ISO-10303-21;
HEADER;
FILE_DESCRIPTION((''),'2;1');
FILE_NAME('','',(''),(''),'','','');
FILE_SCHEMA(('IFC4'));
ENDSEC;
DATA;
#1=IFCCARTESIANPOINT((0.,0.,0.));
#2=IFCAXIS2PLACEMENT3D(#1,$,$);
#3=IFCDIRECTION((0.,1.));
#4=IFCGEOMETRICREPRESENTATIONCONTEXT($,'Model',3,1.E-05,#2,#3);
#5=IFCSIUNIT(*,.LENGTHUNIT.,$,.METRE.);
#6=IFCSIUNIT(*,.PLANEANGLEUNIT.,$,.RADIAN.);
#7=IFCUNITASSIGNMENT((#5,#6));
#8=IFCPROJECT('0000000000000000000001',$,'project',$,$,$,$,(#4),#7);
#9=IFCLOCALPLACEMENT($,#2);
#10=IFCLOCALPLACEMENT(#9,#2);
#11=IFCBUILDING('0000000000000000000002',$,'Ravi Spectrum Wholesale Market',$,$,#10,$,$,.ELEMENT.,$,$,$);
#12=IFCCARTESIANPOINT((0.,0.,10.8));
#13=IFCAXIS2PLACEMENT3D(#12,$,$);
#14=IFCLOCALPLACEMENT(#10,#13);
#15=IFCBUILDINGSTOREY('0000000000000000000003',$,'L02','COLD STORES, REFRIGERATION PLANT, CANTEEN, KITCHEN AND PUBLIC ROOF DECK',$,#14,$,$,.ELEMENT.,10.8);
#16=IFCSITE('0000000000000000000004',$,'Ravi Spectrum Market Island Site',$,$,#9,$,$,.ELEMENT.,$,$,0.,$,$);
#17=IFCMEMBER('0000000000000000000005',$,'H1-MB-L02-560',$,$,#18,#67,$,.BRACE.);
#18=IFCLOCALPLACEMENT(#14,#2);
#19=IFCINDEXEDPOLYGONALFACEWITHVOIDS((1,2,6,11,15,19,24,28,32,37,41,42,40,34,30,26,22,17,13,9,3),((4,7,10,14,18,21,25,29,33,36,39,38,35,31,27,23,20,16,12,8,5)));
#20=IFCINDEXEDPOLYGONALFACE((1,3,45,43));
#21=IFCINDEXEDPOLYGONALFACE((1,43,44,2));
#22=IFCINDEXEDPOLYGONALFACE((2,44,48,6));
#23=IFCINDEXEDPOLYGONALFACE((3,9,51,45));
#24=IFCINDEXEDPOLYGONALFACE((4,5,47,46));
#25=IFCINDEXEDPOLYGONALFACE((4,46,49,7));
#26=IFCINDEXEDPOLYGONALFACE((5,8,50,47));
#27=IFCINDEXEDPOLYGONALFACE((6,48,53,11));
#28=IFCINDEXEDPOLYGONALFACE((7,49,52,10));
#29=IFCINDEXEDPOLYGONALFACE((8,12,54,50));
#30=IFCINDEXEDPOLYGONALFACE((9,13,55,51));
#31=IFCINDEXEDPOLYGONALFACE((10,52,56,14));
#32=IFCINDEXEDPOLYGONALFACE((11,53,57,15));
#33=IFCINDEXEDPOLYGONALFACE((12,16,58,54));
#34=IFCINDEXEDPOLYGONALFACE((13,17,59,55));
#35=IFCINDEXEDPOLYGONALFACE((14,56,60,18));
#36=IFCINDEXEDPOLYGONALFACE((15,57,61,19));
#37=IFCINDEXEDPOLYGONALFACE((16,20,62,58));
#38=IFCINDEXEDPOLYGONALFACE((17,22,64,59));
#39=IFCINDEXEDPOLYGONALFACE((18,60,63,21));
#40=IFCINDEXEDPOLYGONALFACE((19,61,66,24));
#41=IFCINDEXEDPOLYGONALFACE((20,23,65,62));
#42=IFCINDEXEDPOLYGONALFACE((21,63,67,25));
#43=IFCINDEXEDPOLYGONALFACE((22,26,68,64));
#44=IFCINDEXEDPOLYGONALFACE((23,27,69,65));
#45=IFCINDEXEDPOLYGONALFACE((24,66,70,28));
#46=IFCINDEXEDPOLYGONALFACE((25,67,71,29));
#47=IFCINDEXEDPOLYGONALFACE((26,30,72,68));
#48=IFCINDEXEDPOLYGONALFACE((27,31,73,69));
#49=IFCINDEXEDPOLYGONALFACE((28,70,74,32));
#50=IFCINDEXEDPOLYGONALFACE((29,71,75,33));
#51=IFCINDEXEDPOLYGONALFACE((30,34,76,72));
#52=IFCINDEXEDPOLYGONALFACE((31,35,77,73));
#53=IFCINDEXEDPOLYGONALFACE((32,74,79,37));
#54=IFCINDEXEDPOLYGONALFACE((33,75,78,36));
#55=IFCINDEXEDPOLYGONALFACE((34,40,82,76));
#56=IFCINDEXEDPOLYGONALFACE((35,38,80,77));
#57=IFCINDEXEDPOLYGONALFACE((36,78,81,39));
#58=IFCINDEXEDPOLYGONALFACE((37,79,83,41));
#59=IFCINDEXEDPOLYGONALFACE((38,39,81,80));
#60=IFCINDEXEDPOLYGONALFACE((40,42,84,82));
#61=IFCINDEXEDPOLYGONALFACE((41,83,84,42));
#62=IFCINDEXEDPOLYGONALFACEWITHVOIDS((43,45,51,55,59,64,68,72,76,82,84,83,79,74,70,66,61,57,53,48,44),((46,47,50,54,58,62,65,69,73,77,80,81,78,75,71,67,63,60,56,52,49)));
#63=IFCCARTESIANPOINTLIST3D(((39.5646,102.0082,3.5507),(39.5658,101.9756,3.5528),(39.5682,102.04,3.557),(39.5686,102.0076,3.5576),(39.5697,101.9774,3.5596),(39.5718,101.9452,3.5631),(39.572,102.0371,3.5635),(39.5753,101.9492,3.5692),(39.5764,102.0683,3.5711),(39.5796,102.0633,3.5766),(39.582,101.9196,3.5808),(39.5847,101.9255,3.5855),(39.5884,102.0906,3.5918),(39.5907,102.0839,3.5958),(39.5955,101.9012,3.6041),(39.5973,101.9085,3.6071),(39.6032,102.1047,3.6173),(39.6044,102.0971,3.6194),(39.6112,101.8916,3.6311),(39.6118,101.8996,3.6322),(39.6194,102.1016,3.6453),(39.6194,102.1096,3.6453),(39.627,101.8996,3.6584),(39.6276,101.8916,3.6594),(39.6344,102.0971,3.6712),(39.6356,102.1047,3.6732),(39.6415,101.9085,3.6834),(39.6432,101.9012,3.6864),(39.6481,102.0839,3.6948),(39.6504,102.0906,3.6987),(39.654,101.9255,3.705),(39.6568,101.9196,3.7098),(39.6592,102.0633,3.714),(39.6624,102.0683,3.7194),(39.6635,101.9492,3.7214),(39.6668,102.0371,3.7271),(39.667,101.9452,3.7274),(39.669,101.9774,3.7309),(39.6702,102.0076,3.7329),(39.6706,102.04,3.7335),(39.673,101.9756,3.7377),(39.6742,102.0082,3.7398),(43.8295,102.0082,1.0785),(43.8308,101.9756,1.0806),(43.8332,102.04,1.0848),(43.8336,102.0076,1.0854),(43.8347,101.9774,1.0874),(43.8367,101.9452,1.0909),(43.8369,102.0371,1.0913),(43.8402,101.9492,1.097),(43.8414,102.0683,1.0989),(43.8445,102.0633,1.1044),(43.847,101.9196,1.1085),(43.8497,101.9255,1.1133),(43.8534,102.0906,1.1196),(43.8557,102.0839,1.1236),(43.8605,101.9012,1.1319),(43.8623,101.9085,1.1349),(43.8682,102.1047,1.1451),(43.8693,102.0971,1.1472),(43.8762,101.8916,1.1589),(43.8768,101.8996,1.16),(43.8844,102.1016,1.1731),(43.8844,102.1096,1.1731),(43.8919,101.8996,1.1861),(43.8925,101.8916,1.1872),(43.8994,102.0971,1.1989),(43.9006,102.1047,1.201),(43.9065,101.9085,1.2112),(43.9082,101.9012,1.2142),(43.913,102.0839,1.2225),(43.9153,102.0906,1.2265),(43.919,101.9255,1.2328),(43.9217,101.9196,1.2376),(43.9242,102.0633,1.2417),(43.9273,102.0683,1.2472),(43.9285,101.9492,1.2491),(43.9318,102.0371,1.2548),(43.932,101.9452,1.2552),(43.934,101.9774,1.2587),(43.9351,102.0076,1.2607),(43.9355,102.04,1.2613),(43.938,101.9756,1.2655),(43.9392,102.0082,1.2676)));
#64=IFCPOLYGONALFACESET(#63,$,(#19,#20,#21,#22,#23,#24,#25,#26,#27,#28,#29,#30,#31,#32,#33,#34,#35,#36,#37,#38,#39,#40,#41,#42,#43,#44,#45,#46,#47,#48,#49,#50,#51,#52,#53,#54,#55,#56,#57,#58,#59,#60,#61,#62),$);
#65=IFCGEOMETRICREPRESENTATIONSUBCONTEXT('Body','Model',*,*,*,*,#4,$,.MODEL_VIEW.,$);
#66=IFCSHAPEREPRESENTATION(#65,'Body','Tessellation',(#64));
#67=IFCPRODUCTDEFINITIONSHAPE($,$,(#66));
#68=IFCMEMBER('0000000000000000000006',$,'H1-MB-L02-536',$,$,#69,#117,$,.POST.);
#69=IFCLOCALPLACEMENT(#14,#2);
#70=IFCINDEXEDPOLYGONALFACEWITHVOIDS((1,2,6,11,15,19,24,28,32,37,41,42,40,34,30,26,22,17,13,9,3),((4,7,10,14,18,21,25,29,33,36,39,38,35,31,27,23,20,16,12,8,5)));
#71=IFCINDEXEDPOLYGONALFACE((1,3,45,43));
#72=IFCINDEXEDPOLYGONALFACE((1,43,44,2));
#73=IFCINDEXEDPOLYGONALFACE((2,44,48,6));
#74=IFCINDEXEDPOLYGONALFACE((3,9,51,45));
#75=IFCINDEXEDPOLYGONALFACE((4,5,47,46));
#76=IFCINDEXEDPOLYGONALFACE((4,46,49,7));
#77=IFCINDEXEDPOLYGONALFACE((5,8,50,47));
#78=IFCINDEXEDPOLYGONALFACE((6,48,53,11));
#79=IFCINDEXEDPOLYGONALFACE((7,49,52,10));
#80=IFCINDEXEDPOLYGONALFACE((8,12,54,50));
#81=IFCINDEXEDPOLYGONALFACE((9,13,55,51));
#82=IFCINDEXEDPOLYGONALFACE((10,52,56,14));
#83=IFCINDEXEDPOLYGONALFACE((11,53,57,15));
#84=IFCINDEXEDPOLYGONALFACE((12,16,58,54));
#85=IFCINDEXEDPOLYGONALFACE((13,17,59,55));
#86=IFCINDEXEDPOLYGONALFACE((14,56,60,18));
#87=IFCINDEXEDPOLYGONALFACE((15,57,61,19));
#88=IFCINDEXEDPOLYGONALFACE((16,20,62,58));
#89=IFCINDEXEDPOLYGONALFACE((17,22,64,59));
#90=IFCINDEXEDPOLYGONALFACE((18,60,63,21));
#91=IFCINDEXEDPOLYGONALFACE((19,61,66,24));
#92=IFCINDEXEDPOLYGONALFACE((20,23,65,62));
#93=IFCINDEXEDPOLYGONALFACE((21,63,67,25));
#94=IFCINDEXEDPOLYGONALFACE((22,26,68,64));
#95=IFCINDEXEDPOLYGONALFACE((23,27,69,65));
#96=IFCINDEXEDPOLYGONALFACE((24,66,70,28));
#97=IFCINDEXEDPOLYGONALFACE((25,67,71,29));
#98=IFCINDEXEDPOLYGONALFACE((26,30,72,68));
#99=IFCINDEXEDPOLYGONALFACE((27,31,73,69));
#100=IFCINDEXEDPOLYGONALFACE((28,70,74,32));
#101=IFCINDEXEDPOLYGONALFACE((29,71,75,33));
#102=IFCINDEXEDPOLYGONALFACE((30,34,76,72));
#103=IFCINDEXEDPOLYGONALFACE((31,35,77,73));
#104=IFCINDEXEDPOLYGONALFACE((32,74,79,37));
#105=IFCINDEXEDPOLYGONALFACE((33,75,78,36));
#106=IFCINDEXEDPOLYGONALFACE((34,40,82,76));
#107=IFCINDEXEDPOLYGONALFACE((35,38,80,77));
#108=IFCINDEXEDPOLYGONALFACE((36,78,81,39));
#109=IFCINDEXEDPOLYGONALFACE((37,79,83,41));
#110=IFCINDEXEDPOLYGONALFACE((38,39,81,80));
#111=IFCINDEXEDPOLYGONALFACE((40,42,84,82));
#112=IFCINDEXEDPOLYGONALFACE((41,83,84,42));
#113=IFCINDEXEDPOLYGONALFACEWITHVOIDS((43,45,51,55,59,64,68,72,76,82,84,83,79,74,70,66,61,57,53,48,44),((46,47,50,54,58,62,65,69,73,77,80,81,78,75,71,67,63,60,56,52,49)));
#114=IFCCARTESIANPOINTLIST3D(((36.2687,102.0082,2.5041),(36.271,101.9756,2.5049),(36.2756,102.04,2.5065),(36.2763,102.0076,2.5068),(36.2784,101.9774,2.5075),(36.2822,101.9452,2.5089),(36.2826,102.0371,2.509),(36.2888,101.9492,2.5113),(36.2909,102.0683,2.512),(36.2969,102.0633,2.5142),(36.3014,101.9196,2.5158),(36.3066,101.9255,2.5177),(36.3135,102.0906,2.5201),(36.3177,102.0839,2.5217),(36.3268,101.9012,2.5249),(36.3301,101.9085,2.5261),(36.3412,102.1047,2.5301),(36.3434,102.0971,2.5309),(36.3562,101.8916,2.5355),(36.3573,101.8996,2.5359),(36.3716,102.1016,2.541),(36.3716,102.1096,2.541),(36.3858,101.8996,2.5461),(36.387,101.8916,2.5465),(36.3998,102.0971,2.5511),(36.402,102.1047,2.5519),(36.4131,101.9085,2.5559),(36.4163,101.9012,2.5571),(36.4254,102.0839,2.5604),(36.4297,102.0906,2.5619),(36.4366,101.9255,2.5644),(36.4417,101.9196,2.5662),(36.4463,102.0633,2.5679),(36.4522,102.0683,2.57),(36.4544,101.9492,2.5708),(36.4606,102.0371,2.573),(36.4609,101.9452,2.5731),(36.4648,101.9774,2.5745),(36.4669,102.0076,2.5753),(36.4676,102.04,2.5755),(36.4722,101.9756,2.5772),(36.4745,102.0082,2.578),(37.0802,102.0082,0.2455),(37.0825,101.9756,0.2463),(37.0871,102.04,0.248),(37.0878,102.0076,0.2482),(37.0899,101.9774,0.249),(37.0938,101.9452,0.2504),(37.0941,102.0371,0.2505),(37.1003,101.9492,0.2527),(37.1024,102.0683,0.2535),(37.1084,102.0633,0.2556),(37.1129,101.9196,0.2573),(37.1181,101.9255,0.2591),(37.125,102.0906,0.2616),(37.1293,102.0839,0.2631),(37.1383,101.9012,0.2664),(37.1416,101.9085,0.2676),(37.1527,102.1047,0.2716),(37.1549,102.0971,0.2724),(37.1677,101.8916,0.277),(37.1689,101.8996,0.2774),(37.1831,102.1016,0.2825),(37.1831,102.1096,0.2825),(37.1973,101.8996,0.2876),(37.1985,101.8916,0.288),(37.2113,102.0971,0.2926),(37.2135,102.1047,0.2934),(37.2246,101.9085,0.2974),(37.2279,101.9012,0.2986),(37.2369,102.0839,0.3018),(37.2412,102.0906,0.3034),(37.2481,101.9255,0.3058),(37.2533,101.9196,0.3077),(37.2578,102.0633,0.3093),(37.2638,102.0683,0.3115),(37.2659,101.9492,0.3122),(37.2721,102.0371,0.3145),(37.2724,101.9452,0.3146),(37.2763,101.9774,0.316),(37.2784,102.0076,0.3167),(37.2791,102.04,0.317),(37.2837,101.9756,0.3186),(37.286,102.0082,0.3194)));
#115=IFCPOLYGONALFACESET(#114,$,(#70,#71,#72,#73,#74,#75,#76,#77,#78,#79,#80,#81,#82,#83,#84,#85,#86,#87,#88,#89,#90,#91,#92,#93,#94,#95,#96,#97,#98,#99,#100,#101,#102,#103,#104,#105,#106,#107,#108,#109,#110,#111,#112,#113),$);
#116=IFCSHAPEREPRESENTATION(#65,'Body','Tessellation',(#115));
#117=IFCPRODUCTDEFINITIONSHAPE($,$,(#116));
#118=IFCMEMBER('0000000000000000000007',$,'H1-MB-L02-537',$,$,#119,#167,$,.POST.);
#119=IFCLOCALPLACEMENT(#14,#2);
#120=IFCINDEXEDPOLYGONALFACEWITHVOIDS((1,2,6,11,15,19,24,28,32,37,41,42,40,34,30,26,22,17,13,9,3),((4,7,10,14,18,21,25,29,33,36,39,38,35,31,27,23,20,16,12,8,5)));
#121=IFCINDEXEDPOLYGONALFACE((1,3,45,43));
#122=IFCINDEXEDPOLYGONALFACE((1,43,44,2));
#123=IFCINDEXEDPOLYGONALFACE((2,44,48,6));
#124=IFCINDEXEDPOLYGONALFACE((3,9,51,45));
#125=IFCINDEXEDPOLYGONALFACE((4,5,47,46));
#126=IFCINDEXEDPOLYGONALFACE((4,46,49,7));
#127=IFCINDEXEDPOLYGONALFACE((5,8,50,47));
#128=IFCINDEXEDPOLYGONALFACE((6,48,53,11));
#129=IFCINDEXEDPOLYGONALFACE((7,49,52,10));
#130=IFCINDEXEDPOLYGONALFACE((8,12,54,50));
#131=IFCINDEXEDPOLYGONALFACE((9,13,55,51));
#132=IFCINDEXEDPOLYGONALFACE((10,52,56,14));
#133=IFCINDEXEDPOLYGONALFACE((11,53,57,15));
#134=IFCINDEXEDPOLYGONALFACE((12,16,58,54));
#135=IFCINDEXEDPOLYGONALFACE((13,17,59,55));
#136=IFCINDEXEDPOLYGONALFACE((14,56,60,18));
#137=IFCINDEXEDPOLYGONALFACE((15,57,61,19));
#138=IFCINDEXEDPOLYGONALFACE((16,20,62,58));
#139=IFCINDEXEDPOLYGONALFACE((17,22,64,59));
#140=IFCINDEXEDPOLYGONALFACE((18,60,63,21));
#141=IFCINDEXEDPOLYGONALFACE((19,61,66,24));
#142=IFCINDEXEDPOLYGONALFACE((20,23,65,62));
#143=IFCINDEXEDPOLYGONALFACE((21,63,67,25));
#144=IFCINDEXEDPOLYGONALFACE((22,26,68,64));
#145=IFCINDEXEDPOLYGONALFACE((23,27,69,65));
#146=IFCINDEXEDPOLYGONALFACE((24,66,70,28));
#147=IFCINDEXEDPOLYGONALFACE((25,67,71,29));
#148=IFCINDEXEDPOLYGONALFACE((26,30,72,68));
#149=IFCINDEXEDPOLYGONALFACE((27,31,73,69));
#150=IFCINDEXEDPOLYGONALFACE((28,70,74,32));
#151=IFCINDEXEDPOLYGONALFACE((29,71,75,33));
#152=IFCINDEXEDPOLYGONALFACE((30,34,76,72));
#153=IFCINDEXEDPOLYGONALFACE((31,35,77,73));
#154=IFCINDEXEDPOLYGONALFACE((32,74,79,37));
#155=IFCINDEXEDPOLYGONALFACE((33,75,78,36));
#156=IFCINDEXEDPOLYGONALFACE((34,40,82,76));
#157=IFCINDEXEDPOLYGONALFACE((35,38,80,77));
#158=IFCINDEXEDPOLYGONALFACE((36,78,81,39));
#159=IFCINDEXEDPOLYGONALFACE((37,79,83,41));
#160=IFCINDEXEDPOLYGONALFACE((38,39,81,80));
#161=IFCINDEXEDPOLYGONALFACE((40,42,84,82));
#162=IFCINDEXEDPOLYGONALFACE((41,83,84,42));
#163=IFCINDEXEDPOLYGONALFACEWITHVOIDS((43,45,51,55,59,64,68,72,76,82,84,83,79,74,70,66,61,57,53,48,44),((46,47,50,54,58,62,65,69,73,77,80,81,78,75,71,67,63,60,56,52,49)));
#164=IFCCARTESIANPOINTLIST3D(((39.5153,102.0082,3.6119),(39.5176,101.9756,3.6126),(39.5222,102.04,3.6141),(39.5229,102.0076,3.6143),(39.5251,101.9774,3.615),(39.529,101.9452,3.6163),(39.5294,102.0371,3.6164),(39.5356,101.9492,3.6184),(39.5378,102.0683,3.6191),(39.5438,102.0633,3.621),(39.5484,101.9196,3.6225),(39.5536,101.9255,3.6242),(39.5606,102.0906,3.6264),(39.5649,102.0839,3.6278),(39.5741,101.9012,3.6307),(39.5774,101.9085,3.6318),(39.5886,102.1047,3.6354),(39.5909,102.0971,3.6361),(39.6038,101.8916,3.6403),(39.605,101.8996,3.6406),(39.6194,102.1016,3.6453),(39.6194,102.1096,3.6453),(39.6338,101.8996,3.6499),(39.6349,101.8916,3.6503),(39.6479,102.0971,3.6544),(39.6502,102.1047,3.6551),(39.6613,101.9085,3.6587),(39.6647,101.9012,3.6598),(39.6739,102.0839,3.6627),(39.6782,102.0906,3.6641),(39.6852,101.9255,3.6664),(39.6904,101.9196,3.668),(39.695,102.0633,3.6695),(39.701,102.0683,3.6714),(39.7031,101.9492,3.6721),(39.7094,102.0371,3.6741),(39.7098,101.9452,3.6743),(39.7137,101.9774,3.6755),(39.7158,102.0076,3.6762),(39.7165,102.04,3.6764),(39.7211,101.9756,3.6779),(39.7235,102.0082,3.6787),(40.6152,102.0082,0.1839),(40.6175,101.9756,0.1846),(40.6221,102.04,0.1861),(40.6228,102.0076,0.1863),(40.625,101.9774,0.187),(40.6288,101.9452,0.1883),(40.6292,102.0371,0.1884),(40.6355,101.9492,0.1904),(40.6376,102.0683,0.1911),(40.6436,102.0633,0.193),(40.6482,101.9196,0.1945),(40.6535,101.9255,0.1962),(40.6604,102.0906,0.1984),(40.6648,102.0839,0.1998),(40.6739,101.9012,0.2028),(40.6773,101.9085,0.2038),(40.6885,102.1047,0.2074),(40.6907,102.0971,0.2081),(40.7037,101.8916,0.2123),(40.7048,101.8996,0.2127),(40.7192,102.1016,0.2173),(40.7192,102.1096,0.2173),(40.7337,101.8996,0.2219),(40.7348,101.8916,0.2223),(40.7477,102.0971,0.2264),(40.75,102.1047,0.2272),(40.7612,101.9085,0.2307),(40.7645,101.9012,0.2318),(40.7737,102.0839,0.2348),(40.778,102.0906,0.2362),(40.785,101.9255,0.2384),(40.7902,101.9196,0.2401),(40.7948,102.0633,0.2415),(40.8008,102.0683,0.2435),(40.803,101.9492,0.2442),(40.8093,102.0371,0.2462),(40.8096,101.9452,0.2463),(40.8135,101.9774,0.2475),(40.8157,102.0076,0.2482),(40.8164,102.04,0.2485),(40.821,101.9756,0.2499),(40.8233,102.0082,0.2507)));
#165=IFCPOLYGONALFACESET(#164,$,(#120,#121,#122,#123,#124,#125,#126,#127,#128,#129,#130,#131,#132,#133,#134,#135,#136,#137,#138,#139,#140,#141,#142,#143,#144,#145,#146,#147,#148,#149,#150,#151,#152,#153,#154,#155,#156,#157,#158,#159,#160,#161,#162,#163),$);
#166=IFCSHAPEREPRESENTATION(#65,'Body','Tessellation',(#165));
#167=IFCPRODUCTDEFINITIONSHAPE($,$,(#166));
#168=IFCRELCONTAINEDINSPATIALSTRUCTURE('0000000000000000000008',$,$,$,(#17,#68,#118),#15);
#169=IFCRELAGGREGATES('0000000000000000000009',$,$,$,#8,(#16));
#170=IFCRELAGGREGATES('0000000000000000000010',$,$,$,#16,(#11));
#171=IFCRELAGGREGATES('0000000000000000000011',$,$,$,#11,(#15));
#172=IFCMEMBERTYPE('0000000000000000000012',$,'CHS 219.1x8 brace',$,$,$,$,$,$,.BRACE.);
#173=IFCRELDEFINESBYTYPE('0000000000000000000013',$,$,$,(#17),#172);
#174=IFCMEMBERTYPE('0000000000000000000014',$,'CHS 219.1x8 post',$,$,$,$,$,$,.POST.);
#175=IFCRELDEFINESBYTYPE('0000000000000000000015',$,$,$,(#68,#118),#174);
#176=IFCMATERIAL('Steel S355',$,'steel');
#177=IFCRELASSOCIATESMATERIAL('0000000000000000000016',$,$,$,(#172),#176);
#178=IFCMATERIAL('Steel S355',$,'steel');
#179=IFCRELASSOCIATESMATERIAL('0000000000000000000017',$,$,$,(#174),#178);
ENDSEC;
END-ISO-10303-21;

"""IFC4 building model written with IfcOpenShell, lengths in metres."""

from ifc_helpers import new_model, si_unit, direction, frame, origin, origin_2d, place, context, subcontext, project, spatial, hollow_circle, extrude, material, material_profile, profile_set, type_object, element, save


model = new_model("IFC4")

# Units and contexts
model_context = context("Model", 3, precision=1e-05, world=origin(), true_north=direction((0.0, 1.0)))
body_context = subcontext(model_context, "Body", "Model", "MODEL_VIEW")
ifc_project = project(units=[si_unit("LENGTHUNIT", "METRE"), si_unit("PLANEANGLEUNIT", "RADIAN")], contexts=[model_context])

# Site, building, storey
site_placement = place(None, origin())
site = spatial("IfcSite", under=ifc_project, at=site_placement, Name="Ravi Spectrum Market Island Site", CompositionType="ELEMENT", RefElevation=0.0)
building_placement = place(site_placement, origin())
building = spatial("IfcBuilding", under=site, at=building_placement, Name="Ravi Spectrum Wholesale Market", CompositionType="ELEMENT")
storey_placement = place(building_placement, frame((0.0, 0.0, 10.8)))
storey = spatial("IfcBuildingStorey", under=building, at=storey_placement, Name="L02", Description="COLD STORES, REFRIGERATION PLANT, CANTEEN, KITCHEN AND PUBLIC ROOF DECK", CompositionType="ELEMENT", Elevation=10.8)

# Members
ifc_material_1 = material(Name="Steel S355", Category="steel")
ifc_material_profile_1 = material_profile(ifc_material_1, hollow_circle(Radius=0.1096, WallThickness=0.0081, at=origin_2d()))
ifc_profile_set_1 = profile_set([ifc_material_profile_1], Name="Steel S355")
member_type_1 = type_object("IfcMemberType", Name="CHS 219.1x8 brace", PredefinedType="BRACE", material=ifc_profile_set_1)
for number, where, z_axis, x_axis, name in (
    (1, (39.6194, 102.0, 3.6453), (0.865161, 0.0, -0.501495), (0.0, 1.0, 0.0), "H1-MB-L02-560"),
):
    element("IfcMember", number, at=place(storey_placement, frame(where, z_axis=z_axis, x_axis=x_axis)), inside=storey, type_object=member_type_1, Name=name, PredefinedType="BRACE", context=body_context, shape_type="SweptSolid", body=[
        extrude(hollow_circle(Radius=0.1096, WallThickness=0.0081, at=origin_2d()), origin(), (0.0, 0.0, 1.0), 4.9297),
    ])
ifc_material_2 = material(Name="Steel S355", Category="steel")
ifc_material_profile_2 = material_profile(ifc_material_2, hollow_circle(Radius=0.1096, WallThickness=0.0081, at=origin_2d()))
ifc_profile_set_2 = profile_set([ifc_material_profile_2], Name="Steel S355")
member_type_2 = type_object("IfcMemberType", Name="CHS 219.1x8 post", PredefinedType="POST", material=ifc_profile_set_2)
member_1_placement = place(storey_placement, frame((36.3716, 102.0, 2.541), z_axis=(0.338147, 0.0, -0.941093), x_axis=(0.0, 1.0, 0.0)))
element("IfcMember", 2, at=member_1_placement, inside=storey, type_object=member_type_2, Name="H1-MB-L02-536", PredefinedType="POST", context=body_context, shape_type="SweptSolid", body=[
    extrude(hollow_circle(Radius=0.1096, WallThickness=0.0081, at=origin_2d()), origin(), (0.0, 0.0, 1.0), 2.3999),
])
member_2_placement = place(storey_placement, frame((39.6194, 102.0, 3.6453), z_axis=(0.305506, 0.0, -0.95219), x_axis=(0.0, 1.0, 0.0)))
element("IfcMember", 3, at=member_2_placement, inside=storey, type_object=member_type_2, Name="H1-MB-L02-537", PredefinedType="POST", context=body_context, shape_type="SweptSolid", body=[
    extrude(hollow_circle(Radius=0.1096, WallThickness=0.0081, at=origin_2d()), origin(), (0.0, 0.0, 1.0), 3.6001),
])

save(model, "model.ifc")
